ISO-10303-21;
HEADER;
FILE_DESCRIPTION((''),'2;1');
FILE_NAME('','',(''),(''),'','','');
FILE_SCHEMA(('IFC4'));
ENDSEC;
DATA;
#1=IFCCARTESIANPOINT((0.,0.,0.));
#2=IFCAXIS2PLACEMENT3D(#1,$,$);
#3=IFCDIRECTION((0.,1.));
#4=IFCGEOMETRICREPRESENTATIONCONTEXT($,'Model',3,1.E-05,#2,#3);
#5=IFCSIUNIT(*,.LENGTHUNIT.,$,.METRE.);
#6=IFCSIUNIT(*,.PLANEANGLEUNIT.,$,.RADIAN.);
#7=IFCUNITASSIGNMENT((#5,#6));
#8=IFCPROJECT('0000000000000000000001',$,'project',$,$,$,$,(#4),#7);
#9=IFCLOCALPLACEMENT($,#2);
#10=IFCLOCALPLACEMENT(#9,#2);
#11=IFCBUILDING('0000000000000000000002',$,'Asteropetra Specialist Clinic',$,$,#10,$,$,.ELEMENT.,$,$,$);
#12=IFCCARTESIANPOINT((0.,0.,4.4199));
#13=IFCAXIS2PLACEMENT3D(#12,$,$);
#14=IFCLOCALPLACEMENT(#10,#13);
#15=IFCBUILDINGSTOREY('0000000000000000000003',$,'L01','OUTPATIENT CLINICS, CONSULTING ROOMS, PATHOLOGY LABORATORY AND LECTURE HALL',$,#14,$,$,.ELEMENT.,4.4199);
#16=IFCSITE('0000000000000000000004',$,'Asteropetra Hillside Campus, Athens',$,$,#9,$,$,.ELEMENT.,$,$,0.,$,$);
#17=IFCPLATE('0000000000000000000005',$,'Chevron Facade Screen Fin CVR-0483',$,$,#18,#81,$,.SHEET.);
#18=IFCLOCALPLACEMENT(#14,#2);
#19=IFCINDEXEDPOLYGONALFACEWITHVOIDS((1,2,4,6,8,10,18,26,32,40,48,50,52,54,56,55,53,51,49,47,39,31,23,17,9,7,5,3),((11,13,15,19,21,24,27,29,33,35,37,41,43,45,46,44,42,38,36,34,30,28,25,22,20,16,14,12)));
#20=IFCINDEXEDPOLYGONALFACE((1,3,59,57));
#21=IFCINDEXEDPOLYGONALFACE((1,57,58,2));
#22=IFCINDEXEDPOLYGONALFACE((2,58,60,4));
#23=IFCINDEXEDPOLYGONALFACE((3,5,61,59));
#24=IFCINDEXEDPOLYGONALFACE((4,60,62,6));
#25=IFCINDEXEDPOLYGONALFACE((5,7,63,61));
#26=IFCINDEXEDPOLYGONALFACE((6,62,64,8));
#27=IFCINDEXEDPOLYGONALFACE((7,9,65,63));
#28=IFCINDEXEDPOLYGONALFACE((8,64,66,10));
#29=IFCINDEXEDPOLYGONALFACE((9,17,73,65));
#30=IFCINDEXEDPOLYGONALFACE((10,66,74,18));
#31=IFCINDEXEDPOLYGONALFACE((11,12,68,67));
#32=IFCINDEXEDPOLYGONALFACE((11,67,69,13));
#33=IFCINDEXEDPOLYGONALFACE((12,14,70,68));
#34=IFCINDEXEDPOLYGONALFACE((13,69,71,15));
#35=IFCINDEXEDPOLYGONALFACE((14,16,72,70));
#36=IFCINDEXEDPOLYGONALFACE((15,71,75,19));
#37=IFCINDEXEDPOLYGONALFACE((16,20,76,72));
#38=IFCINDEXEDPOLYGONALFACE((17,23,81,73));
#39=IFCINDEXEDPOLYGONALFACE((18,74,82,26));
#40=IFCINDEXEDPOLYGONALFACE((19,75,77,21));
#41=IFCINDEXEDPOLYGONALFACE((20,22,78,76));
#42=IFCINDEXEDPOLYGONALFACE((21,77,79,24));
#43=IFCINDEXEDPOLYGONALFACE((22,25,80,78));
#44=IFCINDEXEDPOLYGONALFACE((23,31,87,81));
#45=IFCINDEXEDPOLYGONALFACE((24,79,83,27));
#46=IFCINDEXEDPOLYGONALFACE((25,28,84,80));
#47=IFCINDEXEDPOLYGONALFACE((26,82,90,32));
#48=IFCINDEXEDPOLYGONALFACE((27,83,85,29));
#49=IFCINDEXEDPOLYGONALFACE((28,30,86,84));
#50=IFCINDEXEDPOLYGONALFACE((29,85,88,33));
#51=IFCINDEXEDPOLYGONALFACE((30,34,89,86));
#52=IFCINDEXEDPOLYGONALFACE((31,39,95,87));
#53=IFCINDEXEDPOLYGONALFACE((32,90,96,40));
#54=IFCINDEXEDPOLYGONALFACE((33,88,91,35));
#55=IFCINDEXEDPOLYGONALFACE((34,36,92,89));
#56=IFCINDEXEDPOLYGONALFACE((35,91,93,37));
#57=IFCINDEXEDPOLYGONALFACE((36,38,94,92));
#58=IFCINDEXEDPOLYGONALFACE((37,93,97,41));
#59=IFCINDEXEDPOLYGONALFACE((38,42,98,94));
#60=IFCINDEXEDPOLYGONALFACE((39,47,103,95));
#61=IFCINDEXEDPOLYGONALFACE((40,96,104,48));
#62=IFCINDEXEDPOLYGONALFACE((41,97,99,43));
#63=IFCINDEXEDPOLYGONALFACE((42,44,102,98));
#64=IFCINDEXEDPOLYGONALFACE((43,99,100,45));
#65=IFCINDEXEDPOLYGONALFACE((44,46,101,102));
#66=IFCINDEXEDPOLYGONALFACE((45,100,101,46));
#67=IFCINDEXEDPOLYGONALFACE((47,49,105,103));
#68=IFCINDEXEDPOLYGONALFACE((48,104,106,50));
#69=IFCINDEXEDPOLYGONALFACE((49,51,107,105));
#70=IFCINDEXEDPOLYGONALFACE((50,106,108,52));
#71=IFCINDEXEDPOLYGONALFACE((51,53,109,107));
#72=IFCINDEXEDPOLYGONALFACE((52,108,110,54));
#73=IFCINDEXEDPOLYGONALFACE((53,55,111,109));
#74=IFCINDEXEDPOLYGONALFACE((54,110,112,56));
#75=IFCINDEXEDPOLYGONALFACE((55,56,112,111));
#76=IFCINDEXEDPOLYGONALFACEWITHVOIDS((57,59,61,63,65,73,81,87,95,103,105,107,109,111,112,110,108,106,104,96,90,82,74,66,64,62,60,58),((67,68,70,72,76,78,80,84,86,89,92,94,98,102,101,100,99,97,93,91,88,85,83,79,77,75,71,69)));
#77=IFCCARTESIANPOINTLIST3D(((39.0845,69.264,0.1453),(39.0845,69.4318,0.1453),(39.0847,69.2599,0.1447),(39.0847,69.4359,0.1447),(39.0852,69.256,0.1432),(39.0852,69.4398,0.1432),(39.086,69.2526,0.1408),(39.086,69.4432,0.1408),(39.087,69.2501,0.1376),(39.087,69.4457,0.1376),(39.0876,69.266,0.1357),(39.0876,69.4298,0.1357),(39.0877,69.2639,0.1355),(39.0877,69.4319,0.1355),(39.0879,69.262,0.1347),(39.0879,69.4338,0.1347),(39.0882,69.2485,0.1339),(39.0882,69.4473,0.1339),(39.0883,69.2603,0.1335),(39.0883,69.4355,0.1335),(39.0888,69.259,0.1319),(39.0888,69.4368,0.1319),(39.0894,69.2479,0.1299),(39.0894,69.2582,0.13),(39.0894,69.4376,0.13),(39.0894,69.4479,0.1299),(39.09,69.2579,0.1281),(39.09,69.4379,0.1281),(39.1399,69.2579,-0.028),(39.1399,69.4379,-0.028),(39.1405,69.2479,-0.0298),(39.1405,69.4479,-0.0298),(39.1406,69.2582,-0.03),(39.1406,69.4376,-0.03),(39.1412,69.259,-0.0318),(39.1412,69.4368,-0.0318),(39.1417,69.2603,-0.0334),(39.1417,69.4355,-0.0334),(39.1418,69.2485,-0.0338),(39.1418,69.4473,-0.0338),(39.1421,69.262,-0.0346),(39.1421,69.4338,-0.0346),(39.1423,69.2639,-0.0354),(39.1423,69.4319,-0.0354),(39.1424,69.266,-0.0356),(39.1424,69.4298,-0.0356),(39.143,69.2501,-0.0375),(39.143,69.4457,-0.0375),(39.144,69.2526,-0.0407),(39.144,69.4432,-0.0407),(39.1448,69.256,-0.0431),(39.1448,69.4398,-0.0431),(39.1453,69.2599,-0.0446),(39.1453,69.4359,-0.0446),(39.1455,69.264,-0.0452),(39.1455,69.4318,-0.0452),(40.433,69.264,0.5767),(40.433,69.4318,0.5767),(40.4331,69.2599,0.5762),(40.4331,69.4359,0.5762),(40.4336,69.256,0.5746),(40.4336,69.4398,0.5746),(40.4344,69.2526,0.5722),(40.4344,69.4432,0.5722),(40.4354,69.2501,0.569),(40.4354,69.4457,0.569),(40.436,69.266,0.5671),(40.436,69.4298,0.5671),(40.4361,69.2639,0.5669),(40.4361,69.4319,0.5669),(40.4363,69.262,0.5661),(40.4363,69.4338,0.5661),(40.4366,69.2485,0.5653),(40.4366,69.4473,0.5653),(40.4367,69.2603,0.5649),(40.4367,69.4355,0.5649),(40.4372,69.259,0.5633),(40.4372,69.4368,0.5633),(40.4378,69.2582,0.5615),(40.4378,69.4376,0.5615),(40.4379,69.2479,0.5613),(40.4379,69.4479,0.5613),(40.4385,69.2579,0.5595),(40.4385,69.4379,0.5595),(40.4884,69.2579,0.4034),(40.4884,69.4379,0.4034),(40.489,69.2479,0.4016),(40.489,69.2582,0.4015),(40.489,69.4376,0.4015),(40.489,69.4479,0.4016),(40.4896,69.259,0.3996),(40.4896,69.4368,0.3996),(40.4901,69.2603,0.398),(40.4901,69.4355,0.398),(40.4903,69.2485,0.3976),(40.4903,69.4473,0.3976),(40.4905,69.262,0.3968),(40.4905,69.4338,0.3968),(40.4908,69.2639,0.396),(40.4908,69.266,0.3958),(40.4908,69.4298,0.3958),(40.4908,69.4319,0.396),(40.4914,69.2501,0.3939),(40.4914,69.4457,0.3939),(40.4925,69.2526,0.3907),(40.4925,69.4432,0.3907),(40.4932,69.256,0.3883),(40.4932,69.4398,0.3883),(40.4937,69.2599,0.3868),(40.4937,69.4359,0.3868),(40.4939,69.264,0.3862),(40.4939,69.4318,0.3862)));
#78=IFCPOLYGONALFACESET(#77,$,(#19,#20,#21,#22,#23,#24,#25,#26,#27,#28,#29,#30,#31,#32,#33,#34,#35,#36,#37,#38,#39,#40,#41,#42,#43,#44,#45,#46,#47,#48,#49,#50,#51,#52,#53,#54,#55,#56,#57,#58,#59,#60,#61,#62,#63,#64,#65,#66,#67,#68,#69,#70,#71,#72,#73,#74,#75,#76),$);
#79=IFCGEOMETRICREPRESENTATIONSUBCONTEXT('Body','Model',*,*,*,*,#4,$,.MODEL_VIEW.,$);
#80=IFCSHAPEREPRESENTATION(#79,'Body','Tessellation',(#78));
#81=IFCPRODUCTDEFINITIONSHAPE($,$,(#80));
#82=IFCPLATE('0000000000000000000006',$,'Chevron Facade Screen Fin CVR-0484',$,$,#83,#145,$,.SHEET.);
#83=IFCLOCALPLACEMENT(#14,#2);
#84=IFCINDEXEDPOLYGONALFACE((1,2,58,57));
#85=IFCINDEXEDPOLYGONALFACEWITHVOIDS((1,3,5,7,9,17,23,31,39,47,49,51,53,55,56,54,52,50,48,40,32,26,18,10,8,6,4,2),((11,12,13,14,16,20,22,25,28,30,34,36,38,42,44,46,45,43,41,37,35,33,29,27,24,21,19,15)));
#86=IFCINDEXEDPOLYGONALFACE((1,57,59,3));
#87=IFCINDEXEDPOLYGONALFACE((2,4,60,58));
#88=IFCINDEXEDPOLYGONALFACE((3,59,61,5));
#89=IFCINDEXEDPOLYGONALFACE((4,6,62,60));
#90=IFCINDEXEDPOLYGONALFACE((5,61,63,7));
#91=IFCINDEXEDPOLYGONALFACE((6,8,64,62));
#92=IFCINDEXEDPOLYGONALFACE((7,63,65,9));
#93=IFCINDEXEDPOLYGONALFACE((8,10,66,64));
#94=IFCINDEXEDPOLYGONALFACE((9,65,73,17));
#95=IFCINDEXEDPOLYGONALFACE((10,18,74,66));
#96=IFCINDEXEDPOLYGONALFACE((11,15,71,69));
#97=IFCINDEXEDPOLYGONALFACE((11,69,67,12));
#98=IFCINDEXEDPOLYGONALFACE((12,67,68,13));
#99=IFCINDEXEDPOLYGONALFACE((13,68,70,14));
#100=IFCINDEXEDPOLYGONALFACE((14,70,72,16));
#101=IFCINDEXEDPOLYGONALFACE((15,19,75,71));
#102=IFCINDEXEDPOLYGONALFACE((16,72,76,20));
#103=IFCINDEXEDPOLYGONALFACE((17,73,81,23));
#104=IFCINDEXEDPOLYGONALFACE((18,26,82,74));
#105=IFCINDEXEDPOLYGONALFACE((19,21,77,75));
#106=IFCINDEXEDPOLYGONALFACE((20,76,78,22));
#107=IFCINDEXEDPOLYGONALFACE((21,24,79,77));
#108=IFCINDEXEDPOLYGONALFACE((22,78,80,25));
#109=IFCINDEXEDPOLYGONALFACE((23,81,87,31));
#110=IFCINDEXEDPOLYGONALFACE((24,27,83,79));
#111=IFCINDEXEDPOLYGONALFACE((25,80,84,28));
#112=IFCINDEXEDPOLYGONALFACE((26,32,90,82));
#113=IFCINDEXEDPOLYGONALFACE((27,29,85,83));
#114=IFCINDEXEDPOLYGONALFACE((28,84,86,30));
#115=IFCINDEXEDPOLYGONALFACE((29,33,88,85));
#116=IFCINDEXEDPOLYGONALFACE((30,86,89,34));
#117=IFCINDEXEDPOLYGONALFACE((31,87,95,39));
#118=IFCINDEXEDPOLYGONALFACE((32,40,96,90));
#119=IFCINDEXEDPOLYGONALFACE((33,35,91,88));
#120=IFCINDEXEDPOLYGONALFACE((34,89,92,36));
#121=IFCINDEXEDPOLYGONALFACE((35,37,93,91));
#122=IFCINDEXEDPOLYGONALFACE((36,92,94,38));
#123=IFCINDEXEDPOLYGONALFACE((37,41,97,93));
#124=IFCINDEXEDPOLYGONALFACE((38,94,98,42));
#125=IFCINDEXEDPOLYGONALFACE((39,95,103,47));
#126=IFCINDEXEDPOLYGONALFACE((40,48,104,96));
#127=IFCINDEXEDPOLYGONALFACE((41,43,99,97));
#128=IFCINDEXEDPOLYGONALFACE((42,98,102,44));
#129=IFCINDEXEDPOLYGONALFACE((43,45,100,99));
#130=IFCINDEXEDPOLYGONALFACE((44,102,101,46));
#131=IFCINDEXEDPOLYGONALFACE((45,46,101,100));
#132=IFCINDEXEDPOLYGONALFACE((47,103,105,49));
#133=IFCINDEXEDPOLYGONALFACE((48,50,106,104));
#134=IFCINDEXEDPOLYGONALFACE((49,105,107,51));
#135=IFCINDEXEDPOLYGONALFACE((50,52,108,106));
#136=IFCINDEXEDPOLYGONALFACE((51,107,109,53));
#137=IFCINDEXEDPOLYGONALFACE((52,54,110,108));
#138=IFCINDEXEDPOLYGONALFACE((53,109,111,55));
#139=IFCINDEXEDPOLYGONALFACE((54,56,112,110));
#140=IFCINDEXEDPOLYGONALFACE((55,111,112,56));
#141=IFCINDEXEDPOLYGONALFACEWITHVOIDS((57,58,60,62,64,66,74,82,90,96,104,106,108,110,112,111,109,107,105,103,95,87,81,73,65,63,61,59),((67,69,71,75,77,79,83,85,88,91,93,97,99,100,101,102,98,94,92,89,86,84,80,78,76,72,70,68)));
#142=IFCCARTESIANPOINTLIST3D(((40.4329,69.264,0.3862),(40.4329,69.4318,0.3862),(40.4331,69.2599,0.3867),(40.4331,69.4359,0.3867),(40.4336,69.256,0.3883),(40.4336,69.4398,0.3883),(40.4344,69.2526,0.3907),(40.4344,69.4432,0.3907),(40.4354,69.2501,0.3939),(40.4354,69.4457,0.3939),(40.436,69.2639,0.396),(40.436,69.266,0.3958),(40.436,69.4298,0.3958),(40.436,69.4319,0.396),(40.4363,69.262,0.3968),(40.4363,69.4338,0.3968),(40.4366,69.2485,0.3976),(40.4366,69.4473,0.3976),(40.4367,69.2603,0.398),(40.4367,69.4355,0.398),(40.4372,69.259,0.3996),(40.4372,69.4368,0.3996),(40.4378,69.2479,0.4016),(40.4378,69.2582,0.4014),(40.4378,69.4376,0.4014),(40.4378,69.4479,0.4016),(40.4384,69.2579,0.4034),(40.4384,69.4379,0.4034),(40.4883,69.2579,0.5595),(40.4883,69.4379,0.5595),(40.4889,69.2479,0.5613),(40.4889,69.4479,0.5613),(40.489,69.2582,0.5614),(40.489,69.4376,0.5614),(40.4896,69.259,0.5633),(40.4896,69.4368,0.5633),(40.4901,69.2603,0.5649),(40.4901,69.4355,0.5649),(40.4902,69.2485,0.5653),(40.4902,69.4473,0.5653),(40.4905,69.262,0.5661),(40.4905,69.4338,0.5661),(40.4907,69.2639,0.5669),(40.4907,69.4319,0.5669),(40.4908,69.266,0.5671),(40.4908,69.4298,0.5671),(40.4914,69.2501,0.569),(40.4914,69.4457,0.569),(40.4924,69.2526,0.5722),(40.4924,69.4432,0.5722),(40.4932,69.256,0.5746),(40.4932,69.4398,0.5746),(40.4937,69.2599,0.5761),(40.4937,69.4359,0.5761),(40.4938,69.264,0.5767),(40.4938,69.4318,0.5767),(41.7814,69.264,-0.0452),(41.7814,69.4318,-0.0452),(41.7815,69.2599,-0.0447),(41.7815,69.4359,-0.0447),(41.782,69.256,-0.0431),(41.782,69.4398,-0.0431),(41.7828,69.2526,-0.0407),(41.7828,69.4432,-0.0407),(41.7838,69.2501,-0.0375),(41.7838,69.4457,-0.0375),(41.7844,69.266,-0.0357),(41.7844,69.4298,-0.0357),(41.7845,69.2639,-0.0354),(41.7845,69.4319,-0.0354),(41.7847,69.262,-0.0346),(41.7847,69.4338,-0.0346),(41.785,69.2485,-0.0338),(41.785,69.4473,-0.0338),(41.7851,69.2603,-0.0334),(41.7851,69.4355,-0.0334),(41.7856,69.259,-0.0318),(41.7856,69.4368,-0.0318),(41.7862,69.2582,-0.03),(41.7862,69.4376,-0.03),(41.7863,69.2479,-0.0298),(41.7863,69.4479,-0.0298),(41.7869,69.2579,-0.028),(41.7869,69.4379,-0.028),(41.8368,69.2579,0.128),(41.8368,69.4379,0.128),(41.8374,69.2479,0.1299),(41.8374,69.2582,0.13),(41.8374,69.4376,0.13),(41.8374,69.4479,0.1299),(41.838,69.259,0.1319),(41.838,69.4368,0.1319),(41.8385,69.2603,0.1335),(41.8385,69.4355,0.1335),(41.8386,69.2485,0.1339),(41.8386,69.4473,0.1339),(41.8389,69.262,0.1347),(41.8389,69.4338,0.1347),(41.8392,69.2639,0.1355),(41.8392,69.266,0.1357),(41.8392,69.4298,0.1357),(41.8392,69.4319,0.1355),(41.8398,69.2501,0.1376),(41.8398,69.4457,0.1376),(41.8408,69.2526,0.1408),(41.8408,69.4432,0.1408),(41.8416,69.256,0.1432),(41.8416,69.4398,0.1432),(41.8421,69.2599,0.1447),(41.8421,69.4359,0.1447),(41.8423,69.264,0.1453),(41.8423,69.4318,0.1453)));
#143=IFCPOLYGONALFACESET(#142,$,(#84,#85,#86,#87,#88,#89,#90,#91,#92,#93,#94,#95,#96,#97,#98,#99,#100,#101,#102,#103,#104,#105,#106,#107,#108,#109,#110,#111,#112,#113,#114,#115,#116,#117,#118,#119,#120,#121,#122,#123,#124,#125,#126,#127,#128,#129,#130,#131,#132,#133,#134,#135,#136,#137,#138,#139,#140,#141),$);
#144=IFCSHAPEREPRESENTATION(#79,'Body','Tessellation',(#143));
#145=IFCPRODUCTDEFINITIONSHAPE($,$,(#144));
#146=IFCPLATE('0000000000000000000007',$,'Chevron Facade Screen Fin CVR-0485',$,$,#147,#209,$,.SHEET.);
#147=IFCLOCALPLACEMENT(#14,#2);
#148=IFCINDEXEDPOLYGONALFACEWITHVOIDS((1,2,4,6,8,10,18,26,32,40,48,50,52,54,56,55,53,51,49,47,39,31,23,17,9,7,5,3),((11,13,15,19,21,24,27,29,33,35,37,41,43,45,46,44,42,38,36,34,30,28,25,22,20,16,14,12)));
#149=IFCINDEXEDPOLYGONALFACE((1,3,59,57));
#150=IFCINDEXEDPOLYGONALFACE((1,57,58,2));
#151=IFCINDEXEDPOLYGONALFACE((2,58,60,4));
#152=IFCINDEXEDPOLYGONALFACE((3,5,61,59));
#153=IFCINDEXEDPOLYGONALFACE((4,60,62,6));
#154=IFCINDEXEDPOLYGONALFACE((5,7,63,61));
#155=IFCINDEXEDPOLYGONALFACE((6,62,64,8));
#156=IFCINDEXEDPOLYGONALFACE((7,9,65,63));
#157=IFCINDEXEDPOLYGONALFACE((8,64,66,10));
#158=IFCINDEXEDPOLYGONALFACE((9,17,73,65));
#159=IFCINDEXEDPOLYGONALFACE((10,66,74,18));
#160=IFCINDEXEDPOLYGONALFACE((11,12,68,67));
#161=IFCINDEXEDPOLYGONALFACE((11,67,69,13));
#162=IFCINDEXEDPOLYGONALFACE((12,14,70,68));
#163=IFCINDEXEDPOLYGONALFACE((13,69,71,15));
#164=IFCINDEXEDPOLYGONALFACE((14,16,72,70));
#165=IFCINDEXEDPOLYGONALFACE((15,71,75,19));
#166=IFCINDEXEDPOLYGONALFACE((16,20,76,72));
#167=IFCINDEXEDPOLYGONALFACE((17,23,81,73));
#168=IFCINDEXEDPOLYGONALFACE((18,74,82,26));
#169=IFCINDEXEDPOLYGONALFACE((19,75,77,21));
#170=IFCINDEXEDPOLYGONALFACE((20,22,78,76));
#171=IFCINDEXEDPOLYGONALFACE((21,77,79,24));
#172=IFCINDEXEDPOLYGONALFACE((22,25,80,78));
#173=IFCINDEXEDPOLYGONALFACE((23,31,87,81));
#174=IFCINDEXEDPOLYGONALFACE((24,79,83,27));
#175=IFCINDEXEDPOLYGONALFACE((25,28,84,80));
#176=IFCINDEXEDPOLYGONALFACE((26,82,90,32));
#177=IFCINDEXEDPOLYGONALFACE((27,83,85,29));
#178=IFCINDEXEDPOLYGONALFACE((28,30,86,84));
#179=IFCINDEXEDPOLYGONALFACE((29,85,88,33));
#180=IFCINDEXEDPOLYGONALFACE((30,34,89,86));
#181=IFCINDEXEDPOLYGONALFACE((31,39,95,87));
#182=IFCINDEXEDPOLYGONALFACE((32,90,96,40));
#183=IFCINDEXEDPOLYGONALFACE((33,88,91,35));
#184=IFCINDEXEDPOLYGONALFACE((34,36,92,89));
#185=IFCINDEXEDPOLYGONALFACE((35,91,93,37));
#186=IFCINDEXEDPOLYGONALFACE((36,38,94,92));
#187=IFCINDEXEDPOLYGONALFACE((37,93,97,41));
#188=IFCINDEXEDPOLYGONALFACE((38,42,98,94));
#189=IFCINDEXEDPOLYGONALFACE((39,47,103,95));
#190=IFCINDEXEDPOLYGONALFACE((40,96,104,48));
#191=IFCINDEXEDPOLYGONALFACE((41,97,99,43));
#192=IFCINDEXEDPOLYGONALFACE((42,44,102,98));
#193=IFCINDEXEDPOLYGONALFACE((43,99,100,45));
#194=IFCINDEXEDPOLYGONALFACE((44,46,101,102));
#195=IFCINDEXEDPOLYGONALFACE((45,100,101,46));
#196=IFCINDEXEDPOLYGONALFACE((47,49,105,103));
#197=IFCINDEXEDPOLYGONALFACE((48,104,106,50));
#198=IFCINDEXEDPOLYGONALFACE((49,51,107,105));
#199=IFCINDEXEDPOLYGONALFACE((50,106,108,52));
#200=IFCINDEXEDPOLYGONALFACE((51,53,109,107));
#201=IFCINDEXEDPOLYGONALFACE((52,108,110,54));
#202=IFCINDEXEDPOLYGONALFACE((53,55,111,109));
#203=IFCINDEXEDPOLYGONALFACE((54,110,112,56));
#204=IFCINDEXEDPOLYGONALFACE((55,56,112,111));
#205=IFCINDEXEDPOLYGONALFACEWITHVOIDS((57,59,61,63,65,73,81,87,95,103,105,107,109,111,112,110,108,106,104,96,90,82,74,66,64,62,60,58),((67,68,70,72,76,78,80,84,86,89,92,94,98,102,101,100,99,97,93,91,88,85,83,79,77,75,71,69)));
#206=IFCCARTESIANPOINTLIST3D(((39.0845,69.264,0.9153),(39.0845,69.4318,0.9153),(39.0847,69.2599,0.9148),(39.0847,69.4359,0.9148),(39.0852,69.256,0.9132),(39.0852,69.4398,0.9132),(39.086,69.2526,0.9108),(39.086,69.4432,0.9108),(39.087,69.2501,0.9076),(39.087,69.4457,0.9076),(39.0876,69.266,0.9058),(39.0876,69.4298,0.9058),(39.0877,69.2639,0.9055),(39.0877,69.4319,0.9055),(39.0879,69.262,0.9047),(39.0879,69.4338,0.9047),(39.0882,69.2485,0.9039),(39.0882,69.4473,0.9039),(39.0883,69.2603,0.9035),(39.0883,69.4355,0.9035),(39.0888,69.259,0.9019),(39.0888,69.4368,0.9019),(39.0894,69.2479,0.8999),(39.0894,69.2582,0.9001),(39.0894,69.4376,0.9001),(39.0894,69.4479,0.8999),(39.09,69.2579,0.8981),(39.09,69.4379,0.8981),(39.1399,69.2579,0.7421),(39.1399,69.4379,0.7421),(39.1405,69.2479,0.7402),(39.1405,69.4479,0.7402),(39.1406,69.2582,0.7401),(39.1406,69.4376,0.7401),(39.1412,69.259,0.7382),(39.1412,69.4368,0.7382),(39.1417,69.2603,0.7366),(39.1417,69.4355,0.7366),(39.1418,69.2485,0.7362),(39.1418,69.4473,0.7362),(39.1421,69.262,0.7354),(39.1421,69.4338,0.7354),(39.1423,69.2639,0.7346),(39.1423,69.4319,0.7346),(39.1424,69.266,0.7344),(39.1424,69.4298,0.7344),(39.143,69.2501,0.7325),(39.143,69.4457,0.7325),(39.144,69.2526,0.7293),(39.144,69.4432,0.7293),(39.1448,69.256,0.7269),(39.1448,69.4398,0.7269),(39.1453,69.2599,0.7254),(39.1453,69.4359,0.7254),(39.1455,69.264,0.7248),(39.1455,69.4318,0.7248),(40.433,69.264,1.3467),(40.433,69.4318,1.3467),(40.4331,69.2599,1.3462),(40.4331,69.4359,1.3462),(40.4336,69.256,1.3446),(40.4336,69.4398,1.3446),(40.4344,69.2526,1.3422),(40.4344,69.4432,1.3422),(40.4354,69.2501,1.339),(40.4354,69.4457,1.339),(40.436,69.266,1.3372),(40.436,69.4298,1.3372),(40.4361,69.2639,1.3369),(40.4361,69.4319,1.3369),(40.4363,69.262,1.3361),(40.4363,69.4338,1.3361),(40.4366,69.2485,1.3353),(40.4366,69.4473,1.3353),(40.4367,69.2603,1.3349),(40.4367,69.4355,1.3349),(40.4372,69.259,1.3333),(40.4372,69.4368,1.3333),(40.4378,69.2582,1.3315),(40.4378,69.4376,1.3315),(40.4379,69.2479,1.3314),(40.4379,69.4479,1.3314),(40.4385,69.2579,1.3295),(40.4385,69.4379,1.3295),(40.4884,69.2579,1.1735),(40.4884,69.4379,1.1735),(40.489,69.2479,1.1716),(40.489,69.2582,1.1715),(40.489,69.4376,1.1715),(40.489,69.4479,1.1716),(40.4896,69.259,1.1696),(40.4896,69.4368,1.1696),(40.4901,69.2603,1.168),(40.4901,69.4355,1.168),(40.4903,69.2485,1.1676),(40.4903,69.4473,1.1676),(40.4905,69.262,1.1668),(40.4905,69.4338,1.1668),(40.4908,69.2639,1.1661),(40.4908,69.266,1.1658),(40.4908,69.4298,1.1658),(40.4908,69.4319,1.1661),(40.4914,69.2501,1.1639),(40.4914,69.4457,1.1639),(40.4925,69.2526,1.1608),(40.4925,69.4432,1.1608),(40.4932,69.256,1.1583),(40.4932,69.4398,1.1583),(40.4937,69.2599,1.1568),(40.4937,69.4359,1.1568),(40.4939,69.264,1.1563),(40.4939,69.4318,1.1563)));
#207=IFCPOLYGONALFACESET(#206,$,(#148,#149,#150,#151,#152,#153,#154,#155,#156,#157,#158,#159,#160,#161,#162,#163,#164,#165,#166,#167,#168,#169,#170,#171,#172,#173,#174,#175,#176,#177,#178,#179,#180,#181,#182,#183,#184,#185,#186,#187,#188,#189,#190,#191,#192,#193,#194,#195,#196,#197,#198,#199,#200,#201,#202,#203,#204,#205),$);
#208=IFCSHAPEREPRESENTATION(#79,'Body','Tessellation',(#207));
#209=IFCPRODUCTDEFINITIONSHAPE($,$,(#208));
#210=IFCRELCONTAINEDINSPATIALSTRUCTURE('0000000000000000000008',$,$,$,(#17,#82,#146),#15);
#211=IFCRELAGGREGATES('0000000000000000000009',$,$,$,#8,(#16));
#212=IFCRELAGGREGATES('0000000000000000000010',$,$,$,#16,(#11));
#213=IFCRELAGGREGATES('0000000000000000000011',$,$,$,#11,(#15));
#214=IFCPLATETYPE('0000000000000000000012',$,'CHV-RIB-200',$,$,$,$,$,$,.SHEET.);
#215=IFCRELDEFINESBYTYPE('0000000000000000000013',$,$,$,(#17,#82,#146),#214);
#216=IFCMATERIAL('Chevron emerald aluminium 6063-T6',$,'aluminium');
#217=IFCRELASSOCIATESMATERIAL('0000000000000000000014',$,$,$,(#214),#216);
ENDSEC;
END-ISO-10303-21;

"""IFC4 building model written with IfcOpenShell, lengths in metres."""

from ifc_helpers import new_model, si_unit, direction, frame, origin, origin_2d, place, context, subcontext, project, spatial, hollow_rectangle, extrude, material, material_profile, profile_set, type_object, element, save


model = new_model("IFC4")

# Units and contexts
model_context = context("Model", 3, precision=1e-05, world=origin(), true_north=direction((0.0, 1.0)))
body_context = subcontext(model_context, "Body", "Model", "MODEL_VIEW")
ifc_project = project(units=[si_unit("LENGTHUNIT", "METRE"), si_unit("PLANEANGLEUNIT", "RADIAN")], contexts=[model_context])

# Site, building, storey
site_placement = place(None, origin())
site = spatial("IfcSite", under=ifc_project, at=site_placement, Name="Asteropetra Hillside Campus, Athens", CompositionType="ELEMENT", RefElevation=0.0)
building_placement = place(site_placement, origin())
building = spatial("IfcBuilding", under=site, at=building_placement, Name="Asteropetra Specialist Clinic", CompositionType="ELEMENT")
storey_placement = place(building_placement, frame((0.0, 0.0, 4.4199)))
storey = spatial("IfcBuildingStorey", under=building, at=storey_placement, Name="L01", Description="OUTPATIENT CLINICS, CONSULTING ROOMS, PATHOLOGY LABORATORY AND LECTURE HALL", CompositionType="ELEMENT", Elevation=4.4199)

# Plates
ifc_material_1 = material(Name="Chevron emerald aluminium 6063-T6", Category="aluminium")
ifc_material_profile = material_profile(ifc_material_1, hollow_rectangle(XDim=0.2, YDim=0.2, WallThickness=0.01, InnerFilletRadius=0.0081, OuterFilletRadius=0.0161, at=origin_2d()), Name="SHS 200x200x10.0")
ifc_profile_set = profile_set([ifc_material_profile], Name="Chevron emerald aluminium 6063-T6")
plate_type_1 = type_object("IfcPlateType", Name="CHV-RIB-200", PredefinedType="SHEET", material=ifc_profile_set)
for number, where, z_axis, x_axis, name in (
    (1, (39.115, 69.3479, 0.05), (0.952442, 0.0, 0.304719), (0.0, 1.0, 0.0), "Chevron Facade Screen Fin CVR-0483"),
    (2, (40.4634, 69.3479, 0.4814), (0.952442, 0.0, -0.304719), (0.0, 1.0, 0.0), "Chevron Facade Screen Fin CVR-0484"),
    (3, (39.115, 69.3479, 0.8201), (0.952442, 0.0, 0.304719), (0.0, 1.0, 0.0), "Chevron Facade Screen Fin CVR-0485"),
):
    element("IfcPlate", number, at=place(storey_placement, frame(where, z_axis=z_axis, x_axis=x_axis)), inside=storey, type_object=plate_type_1, Name=name, PredefinedType="SHEET", context=body_context, shape_type="SweptSolid", body=[
        extrude(hollow_rectangle(XDim=0.2, YDim=0.2, WallThickness=0.01, InnerFilletRadius=0.0081, OuterFilletRadius=0.0161, at=origin_2d()), origin(), (0.0, 0.0, 1.0), 1.4158),
    ])

save(model, "model.ifc")
